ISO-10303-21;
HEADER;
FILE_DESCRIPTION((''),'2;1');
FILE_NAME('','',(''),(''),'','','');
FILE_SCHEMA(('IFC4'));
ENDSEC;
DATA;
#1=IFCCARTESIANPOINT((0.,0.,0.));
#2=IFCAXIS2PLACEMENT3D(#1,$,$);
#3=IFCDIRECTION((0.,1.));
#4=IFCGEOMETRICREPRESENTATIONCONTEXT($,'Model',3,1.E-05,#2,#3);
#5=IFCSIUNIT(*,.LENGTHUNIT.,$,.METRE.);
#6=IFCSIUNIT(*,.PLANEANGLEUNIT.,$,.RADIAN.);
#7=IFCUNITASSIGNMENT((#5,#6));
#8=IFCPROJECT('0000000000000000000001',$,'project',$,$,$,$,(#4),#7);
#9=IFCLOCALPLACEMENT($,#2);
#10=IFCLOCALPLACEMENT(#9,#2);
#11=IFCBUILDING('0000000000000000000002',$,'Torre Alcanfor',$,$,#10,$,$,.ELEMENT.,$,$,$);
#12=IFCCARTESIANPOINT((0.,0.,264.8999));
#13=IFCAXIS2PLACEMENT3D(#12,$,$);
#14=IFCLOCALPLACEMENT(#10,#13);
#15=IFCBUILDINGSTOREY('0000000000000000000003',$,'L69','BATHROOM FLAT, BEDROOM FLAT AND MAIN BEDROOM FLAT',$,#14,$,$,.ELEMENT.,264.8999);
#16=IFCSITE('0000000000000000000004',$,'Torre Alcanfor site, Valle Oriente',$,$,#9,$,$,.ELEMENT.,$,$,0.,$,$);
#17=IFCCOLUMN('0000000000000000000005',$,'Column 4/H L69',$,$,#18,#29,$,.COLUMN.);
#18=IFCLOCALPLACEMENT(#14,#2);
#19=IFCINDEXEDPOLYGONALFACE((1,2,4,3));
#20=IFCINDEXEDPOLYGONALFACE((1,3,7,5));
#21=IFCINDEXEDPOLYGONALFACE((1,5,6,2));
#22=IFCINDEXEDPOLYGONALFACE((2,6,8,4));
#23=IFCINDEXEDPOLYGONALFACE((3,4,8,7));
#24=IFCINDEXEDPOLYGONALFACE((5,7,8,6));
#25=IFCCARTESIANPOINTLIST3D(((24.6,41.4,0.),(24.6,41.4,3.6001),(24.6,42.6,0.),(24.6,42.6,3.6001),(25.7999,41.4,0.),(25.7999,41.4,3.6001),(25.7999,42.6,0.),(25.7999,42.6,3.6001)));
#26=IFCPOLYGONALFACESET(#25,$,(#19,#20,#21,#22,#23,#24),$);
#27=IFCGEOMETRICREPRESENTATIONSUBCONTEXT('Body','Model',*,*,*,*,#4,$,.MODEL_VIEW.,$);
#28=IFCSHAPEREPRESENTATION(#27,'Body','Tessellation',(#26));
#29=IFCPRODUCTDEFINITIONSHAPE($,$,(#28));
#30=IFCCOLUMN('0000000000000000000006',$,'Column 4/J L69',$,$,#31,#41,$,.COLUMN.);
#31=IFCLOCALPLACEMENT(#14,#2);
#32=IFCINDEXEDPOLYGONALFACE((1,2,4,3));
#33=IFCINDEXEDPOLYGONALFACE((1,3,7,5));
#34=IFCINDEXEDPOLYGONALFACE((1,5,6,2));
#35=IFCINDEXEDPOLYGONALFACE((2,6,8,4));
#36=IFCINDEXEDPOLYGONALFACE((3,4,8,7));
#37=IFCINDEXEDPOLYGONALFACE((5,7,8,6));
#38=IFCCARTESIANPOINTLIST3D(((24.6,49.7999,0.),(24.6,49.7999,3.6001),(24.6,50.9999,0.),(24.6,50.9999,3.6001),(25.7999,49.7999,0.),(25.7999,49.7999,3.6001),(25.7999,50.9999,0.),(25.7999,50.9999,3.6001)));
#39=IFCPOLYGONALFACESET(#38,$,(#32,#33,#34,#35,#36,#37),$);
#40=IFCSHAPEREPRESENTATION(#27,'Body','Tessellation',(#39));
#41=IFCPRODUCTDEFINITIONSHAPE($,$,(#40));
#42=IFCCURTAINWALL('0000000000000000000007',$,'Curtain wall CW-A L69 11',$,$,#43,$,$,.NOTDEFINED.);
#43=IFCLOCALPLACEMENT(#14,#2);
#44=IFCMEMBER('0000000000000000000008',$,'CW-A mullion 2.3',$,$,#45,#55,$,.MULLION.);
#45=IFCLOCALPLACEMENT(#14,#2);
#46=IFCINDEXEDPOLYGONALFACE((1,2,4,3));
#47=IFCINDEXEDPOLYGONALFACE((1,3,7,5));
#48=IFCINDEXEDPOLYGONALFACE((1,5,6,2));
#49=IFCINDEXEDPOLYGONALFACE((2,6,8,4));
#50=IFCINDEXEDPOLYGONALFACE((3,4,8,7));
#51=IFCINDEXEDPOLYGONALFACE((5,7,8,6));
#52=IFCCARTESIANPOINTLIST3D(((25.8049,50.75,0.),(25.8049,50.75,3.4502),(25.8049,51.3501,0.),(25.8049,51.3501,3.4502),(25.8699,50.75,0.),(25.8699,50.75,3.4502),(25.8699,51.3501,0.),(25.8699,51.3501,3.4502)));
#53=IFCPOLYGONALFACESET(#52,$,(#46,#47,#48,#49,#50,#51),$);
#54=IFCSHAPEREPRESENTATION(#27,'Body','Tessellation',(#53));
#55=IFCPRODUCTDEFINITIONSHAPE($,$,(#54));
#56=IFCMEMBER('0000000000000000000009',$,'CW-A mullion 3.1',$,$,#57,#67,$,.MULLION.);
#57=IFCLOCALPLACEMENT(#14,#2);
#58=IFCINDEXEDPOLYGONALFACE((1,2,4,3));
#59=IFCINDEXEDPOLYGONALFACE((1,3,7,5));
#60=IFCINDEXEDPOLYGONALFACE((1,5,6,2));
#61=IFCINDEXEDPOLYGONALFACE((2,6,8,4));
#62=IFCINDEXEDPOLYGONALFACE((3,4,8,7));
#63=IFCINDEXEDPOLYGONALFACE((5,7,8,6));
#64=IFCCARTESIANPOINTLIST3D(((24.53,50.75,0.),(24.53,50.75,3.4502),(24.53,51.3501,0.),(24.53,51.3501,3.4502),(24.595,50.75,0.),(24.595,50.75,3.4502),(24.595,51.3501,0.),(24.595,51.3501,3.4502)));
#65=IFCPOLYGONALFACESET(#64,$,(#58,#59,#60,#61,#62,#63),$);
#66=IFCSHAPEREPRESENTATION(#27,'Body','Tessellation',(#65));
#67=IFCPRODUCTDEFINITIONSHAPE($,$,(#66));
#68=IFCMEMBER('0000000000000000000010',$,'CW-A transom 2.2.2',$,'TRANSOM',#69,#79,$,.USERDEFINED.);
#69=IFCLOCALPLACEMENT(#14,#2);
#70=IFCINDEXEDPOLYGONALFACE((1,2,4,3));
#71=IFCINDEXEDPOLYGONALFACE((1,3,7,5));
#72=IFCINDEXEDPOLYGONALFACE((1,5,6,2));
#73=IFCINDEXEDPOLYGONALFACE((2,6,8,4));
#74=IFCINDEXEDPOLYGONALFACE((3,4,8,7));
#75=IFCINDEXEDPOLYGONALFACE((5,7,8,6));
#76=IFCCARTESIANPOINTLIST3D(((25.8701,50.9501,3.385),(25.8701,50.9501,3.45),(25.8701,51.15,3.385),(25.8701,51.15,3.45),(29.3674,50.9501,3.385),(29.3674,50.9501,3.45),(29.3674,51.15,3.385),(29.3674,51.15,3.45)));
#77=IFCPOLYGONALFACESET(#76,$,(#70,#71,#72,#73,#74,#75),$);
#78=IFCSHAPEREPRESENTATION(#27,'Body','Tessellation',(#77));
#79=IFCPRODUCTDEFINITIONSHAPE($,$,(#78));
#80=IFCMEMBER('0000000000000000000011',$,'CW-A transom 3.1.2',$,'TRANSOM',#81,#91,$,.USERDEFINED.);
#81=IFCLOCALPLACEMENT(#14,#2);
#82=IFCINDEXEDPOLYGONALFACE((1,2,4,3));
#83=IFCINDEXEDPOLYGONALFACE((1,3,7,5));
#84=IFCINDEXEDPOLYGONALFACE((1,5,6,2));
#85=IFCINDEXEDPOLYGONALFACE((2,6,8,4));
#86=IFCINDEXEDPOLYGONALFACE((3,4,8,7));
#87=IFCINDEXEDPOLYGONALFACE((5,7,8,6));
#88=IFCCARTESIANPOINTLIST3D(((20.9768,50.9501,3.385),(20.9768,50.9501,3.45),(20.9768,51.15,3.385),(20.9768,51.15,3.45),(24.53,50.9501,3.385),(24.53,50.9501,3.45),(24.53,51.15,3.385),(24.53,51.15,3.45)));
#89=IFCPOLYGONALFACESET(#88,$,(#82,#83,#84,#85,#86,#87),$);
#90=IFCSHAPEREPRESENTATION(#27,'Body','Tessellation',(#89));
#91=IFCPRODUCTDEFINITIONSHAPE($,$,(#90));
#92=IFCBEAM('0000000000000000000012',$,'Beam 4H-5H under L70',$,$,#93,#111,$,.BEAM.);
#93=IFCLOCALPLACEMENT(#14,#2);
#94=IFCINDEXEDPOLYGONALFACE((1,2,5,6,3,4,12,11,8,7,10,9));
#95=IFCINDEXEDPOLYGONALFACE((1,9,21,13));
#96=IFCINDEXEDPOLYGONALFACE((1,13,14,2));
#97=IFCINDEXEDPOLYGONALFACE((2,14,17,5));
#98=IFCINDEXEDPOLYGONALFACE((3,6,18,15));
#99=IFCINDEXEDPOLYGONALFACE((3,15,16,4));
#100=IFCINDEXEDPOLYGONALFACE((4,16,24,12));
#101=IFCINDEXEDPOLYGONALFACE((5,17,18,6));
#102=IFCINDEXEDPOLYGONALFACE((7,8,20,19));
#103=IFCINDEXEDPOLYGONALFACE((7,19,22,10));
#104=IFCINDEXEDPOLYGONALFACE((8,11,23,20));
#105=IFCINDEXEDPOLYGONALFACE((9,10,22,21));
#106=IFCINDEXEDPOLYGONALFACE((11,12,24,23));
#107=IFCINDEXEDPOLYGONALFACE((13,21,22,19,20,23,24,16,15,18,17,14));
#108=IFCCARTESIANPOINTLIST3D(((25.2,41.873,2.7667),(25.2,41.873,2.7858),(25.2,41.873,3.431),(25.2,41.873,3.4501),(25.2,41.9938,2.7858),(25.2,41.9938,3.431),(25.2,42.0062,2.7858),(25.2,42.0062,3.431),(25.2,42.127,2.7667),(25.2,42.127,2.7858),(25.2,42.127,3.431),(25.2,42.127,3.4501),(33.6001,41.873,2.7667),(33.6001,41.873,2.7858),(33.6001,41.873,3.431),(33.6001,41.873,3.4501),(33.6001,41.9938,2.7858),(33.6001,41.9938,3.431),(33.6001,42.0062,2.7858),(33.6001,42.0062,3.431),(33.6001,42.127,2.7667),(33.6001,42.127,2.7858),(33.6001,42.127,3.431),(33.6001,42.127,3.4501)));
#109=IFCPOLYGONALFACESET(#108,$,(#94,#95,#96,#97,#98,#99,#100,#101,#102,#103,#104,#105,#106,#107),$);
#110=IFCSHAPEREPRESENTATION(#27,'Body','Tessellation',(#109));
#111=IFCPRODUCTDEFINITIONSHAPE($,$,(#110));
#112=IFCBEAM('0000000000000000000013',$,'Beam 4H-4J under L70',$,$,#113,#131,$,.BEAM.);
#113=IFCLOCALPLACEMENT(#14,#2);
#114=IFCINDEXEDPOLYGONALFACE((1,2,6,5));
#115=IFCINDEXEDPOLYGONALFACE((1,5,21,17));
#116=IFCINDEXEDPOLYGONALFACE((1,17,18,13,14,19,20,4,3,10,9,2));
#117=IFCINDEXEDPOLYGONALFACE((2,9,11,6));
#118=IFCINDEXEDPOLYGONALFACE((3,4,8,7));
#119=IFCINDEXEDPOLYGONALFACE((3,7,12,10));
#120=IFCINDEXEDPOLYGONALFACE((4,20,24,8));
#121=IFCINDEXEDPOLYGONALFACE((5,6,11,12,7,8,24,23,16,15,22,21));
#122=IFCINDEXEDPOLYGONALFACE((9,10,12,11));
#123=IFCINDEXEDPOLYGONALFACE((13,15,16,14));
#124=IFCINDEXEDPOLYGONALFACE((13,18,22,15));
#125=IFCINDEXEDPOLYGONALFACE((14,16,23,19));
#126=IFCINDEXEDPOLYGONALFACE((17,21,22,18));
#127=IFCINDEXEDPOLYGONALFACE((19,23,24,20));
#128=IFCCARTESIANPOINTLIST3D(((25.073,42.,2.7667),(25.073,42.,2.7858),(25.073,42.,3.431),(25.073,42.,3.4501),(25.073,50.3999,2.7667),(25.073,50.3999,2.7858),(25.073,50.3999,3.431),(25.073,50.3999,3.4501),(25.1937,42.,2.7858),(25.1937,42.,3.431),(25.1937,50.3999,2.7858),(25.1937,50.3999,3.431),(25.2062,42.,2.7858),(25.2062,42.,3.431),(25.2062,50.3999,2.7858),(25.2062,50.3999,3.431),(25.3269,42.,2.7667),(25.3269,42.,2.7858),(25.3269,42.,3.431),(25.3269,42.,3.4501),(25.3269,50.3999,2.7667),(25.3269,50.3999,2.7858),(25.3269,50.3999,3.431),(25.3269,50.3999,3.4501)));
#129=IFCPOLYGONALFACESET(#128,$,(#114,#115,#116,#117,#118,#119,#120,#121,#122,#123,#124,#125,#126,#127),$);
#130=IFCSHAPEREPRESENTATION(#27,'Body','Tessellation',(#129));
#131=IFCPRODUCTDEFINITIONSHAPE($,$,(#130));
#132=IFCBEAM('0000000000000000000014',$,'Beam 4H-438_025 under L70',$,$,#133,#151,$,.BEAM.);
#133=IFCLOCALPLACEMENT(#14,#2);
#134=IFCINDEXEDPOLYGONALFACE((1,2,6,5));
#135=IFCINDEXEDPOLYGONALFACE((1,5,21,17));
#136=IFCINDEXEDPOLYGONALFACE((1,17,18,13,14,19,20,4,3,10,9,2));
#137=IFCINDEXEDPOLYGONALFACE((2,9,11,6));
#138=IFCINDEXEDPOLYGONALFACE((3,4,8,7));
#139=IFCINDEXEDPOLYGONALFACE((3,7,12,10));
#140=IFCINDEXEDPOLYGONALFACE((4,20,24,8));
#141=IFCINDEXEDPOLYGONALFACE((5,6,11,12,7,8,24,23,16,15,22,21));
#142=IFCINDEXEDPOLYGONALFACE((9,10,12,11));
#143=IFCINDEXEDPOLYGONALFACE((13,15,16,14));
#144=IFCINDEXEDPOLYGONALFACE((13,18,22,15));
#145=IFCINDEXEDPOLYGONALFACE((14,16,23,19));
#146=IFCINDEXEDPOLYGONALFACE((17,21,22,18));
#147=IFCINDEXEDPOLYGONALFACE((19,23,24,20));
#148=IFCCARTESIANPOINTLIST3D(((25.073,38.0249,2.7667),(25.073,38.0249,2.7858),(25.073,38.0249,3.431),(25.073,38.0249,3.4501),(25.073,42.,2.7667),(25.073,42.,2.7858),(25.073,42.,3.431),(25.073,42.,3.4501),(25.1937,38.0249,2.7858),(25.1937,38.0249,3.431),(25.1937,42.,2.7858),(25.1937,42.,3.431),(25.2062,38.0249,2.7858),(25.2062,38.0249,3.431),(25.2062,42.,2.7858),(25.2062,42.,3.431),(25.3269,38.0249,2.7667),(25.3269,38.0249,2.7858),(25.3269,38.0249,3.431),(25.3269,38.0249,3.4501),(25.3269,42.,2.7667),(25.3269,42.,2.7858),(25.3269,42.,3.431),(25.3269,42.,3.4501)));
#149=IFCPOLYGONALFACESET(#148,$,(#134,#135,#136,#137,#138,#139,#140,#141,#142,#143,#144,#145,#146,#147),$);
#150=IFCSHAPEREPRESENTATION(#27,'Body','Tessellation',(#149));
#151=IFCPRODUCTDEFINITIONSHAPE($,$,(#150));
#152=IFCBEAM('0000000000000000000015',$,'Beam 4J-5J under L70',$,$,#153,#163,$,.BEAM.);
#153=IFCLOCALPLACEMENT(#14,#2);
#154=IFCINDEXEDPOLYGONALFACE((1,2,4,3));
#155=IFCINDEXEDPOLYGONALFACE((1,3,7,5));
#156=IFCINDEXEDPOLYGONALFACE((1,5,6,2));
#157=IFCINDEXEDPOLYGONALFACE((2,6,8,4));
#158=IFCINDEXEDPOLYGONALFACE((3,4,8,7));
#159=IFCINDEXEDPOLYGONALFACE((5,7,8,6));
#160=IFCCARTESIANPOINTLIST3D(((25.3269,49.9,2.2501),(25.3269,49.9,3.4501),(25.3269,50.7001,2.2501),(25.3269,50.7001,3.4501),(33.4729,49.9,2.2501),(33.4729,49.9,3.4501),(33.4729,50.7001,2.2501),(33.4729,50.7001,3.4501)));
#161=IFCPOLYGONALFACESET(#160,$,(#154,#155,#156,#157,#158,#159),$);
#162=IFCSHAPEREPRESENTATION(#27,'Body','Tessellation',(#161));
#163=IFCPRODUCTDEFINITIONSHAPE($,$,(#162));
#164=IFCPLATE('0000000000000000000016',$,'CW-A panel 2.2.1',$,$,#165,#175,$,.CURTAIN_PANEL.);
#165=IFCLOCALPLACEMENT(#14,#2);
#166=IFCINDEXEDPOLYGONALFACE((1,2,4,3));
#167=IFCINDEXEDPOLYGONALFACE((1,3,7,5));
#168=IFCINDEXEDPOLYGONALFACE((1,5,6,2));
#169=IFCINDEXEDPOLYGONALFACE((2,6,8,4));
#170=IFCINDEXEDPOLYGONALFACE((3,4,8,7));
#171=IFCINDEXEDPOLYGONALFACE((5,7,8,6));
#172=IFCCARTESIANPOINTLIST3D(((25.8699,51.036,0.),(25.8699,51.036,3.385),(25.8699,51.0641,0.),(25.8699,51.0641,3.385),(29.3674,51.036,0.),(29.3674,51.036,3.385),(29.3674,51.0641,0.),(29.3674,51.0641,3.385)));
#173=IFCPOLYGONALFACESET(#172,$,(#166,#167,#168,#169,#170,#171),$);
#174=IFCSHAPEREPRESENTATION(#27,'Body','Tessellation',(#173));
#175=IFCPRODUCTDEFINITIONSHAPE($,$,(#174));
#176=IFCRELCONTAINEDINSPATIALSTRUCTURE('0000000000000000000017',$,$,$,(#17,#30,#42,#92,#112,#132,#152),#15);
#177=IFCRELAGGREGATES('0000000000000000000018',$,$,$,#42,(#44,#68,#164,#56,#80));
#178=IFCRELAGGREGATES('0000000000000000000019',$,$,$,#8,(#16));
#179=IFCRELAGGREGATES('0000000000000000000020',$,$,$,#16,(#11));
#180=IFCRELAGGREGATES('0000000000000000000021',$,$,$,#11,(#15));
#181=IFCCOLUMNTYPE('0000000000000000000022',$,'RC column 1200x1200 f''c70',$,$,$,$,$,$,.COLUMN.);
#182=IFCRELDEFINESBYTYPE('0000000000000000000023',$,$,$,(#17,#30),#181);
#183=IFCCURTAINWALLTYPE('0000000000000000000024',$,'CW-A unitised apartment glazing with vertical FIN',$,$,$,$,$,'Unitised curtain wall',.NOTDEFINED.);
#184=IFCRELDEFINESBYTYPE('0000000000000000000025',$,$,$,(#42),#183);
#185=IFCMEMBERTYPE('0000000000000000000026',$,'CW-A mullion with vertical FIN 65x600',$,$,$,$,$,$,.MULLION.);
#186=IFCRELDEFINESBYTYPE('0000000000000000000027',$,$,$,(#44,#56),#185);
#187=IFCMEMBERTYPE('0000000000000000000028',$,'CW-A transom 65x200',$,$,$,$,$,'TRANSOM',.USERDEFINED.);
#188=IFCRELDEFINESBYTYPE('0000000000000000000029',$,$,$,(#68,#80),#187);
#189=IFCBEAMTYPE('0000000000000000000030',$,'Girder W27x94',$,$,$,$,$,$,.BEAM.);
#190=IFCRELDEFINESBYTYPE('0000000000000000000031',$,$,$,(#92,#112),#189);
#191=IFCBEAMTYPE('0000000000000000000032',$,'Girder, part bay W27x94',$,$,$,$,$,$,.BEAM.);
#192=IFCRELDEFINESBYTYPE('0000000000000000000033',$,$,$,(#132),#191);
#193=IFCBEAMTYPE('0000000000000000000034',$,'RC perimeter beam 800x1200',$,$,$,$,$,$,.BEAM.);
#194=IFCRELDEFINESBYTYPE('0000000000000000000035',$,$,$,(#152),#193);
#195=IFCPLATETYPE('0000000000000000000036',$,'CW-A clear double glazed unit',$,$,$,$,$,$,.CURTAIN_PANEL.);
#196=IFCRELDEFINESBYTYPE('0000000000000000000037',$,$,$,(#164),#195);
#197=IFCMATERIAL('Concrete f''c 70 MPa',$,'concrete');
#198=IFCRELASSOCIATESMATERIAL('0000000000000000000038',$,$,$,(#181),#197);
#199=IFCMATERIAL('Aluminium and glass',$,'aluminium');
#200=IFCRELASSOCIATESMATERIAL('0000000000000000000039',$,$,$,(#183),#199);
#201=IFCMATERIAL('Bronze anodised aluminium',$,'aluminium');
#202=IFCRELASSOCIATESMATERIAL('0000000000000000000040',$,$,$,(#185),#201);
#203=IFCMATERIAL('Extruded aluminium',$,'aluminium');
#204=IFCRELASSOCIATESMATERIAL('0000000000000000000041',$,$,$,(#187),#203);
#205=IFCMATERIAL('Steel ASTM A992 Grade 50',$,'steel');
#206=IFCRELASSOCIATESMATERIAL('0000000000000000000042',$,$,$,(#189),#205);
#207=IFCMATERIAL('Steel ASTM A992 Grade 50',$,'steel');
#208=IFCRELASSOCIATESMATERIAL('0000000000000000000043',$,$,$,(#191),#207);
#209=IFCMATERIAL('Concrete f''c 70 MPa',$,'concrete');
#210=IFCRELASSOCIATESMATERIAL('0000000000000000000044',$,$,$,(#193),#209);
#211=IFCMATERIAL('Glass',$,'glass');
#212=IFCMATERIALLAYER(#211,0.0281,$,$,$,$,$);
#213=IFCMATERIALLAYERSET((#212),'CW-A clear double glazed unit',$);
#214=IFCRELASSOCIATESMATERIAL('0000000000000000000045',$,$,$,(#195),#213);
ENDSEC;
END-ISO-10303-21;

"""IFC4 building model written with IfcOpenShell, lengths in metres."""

from ifc_helpers import new_model, si_unit, direction, frame, origin, origin_2d, place, context, subcontext, project, spatial, rectangle, i_section, extrude, material, layer, layer_set, material_profile, profile_set, type_object, element, aggregate, save


model = new_model("IFC4")

# Units and contexts
model_context = context("Model", 3, precision=1e-05, world=origin(), true_north=direction((0.0, 1.0)))
body_context = subcontext(model_context, "Body", "Model", "MODEL_VIEW")
ifc_project = project(units=[si_unit("LENGTHUNIT", "METRE"), si_unit("PLANEANGLEUNIT", "RADIAN")], contexts=[model_context])

# Site, building, storey
site_placement = place(None, origin())
site = spatial("IfcSite", under=ifc_project, at=site_placement, Name="Torre Alcanfor site, Valle Oriente", CompositionType="ELEMENT", RefElevation=0.0)
building_placement = place(site_placement, origin())
building = spatial("IfcBuilding", under=site, at=building_placement, Name="Torre Alcanfor", CompositionType="ELEMENT")
storey_placement = place(building_placement, frame((0.0, 0.0, 264.8999)))
storey = spatial("IfcBuildingStorey", under=building, at=storey_placement, Name="L69", Description="BATHROOM FLAT, BEDROOM FLAT AND MAIN BEDROOM FLAT", CompositionType="ELEMENT", Elevation=264.8999)

# Columns
ifc_material_1 = material(Name="Concrete f'c 70 MPa", Category="concrete")
ifc_material_profile_1 = material_profile(ifc_material_1, rectangle(XDim=1.2, YDim=1.2, at=origin_2d()), Name="1200x1200")
ifc_profile_set_1 = profile_set([ifc_material_profile_1], Name="Concrete f'c 70 MPa")
column_type = type_object("IfcColumnType", Name="RC column 1200x1200 f'c70", PredefinedType="COLUMN", material=ifc_profile_set_1)
for number, where, z_axis, x_axis, name in (
    (1, (25.2, 42.0, 0.0), (0.0, 0.0, 1.0), (1.0, 0.0, 0.0), "Column 4/H L69"),
    (2, (25.2, 50.3999, 0.0), (0.0, 0.0, 1.0), (1.0, 0.0, 0.0), "Column 4/J L69"),
):
    element("IfcColumn", number, at=place(storey_placement, frame(where, z_axis=z_axis, x_axis=x_axis)), inside=storey, type_object=column_type, Name=name, PredefinedType="COLUMN", context=body_context, shape_type="SweptSolid", body=[
        extrude(rectangle(XDim=1.2, YDim=1.2, at=origin_2d()), origin(), (0.0, 0.0, 1.0), 3.6001),
    ])

# Curtain wall, members
ifc_material_2 = material(Name="Aluminium and glass", Category="aluminium")
curtain_wall_type = type_object("IfcCurtainWallType", Name="CW-A unitised apartment glazing with vertical FIN", ElementType="Unitised curtain wall", PredefinedType="NOTDEFINED", material=ifc_material_2)
curtain_wall_placement = place(storey_placement, origin())
curtain_wall = element("IfcCurtainWall", 3, at=curtain_wall_placement, inside=storey, type_object=curtain_wall_type, Name="Curtain wall CW-A L69 11", PredefinedType="NOTDEFINED")
ifc_material_3 = material(Name="Bronze anodised aluminium", Category="aluminium")
ifc_material_profile_2 = material_profile(ifc_material_3, rectangle(XDim=0.6001, YDim=0.0649, at=origin_2d()), Name="CW-A mullion 65x600")
ifc_profile_set_2 = profile_set([ifc_material_profile_2], Name="Bronze anodised aluminium")
member_type_1 = type_object("IfcMemberType", Name="CW-A mullion with vertical FIN 65x600", PredefinedType="MULLION", material=ifc_profile_set_2)
member_1_placement = place(storey_placement, frame((25.8374, 51.05, 0.0), z_axis=(0.0, 0.0, 1.0), x_axis=(0.0, -1.0, 0.0)))
member_1 = element("IfcMember", 4, at=member_1_placement, type_object=member_type_1, Name="CW-A mullion 2.3", PredefinedType="MULLION", context=body_context, shape_type="SweptSolid", body=[
    extrude(rectangle(XDim=0.6001, YDim=0.0649, at=origin_2d()), origin(), (0.0, 0.0, 1.0), 3.4502),
])
member_2_placement = place(storey_placement, frame((24.5625, 51.05, 0.0), z_axis=(0.0, 0.0, 1.0), x_axis=(0.0, -1.0, 0.0)))
member_2 = element("IfcMember", 5, at=member_2_placement, type_object=member_type_1, Name="CW-A mullion 3.1", PredefinedType="MULLION", context=body_context, shape_type="SweptSolid", body=[
    extrude(rectangle(XDim=0.6001, YDim=0.0649, at=origin_2d()), origin(), (0.0, 0.0, 1.0), 3.4502),
])
ifc_material_4 = material(Name="Extruded aluminium", Category="aluminium")
ifc_material_profile_3 = material_profile(ifc_material_4, rectangle(XDim=0.2, YDim=0.0649, at=origin_2d()), Name="CW-A transom 200x65")
ifc_profile_set_3 = profile_set([ifc_material_profile_3], Name="Extruded aluminium")
member_type_2 = type_object("IfcMemberType", Name="CW-A transom 65x200", ElementType="TRANSOM", PredefinedType="USERDEFINED", material=ifc_profile_set_3)
member_3_placement = place(storey_placement, frame((29.3674, 51.05, 3.4175), z_axis=(-1.0, 0.0, 0.0), x_axis=(0.0, -1.0, 0.0)))
member_3 = element("IfcMember", 6, at=member_3_placement, type_object=member_type_2, Name="CW-A transom 2.2.2", ObjectType="TRANSOM", PredefinedType="USERDEFINED", context=body_context, shape_type="SweptSolid", body=[
    extrude(rectangle(XDim=0.2, YDim=0.0649, at=origin_2d()), origin(), (0.0, 0.0, 1.0), 3.4973),
])
member_4_placement = place(storey_placement, frame((24.53, 51.05, 3.4175), z_axis=(-1.0, 0.0, 0.0), x_axis=(0.0, -1.0, 0.0)))
member_4 = element("IfcMember", 7, at=member_4_placement, type_object=member_type_2, Name="CW-A transom 3.1.2", ObjectType="TRANSOM", PredefinedType="USERDEFINED", context=body_context, shape_type="SweptSolid", body=[
    extrude(rectangle(XDim=0.2, YDim=0.0649, at=origin_2d()), origin(), (0.0, 0.0, 1.0), 3.5532),
])

# Beams
ifc_material_5 = material(Name="Steel ASTM A992 Grade 50", Category="steel")
ifc_material_profile_4 = material_profile(ifc_material_5, i_section(OverallWidth=0.2539, OverallDepth=0.6833, WebThickness=0.0125, FlangeThickness=0.019, at=origin_2d()), Name="W27x94")
ifc_profile_set_4 = profile_set([ifc_material_profile_4], Name="Steel ASTM A992 Grade 50")
beam_type_1 = type_object("IfcBeamType", Name="Girder W27x94", PredefinedType="BEAM", material=ifc_profile_set_4)
beam_1_placement = place(storey_placement, frame((25.2, 42.0, 3.1084), z_axis=(1.0, 0.0, 0.0), x_axis=(0.0, 1.0, 0.0)))
element("IfcBeam", 8, at=beam_1_placement, inside=storey, type_object=beam_type_1, Name="Beam 4H-5H under L70", PredefinedType="BEAM", context=body_context, shape_type="SweptSolid", body=[
    extrude(i_section(OverallWidth=0.2539, OverallDepth=0.6833, WebThickness=0.0125, FlangeThickness=0.019, at=origin_2d()), origin(), (0.0, 0.0, 1.0), 8.4001),
])
beam_2_placement = place(storey_placement, frame((25.2, 42.0, 3.1084), z_axis=(0.0, 1.0, 0.0), x_axis=(-1.0, 0.0, 0.0)))
element("IfcBeam", 9, at=beam_2_placement, inside=storey, type_object=beam_type_1, Name="Beam 4H-4J under L70", PredefinedType="BEAM", context=body_context, shape_type="SweptSolid", body=[
    extrude(i_section(OverallWidth=0.2539, OverallDepth=0.6833, WebThickness=0.0125, FlangeThickness=0.019, at=origin_2d()), origin(), (0.0, 0.0, 1.0), 8.3999),
])
ifc_material_6 = material(Name="Steel ASTM A992 Grade 50", Category="steel")
ifc_material_profile_5 = material_profile(ifc_material_6, i_section(OverallWidth=0.2539, OverallDepth=0.6833, WebThickness=0.0125, FlangeThickness=0.019, at=origin_2d()), Name="W27x94")
ifc_profile_set_5 = profile_set([ifc_material_profile_5], Name="Steel ASTM A992 Grade 50")
beam_type_2 = type_object("IfcBeamType", Name="Girder, part bay W27x94", PredefinedType="BEAM", material=ifc_profile_set_5)
beam_3_placement = place(storey_placement, frame((25.2, 42.0, 3.1084), z_axis=(0.0, -1.0, 0.0), x_axis=(1.0, 0.0, 0.0)))
element("IfcBeam", 10, at=beam_3_placement, inside=storey, type_object=beam_type_2, Name="Beam 4H-438_025 under L70", PredefinedType="BEAM", context=body_context, shape_type="SweptSolid", body=[
    extrude(i_section(OverallWidth=0.2539, OverallDepth=0.6833, WebThickness=0.0125, FlangeThickness=0.019, at=origin_2d()), origin(), (0.0, 0.0, 1.0), 3.9751),
])
ifc_material_7 = material(Name="Concrete f'c 70 MPa", Category="concrete")
ifc_material_profile_6 = material_profile(ifc_material_7, rectangle(XDim=0.8, YDim=1.2, at=origin_2d()), Name="800x1200")
ifc_profile_set_6 = profile_set([ifc_material_profile_6], Name="Concrete f'c 70 MPa")
beam_type_3 = type_object("IfcBeamType", Name="RC perimeter beam 800x1200", PredefinedType="BEAM", material=ifc_profile_set_6)
beam_4_placement = place(storey_placement, frame((25.3269, 50.3, 2.8501), z_axis=(1.0, 0.0, 0.0), x_axis=(0.0, 1.0, 0.0)))
element("IfcBeam", 11, at=beam_4_placement, inside=storey, type_object=beam_type_3, Name="Beam 4J-5J under L70", PredefinedType="BEAM", context=body_context, shape_type="SweptSolid", body=[
    extrude(rectangle(XDim=0.8, YDim=1.2, at=origin_2d()), origin(), (0.0, 0.0, 1.0), 8.146),
])

# Plate
ifc_material_8 = material(Name="Glass", Category="glass")
ifc_layer_1 = layer(ifc_material_8, 0.0281)
ifc_layer_set_1 = layer_set([ifc_layer_1], Name="CW-A clear double glazed unit")
plate_type = type_object("IfcPlateType", Name="CW-A clear double glazed unit", PredefinedType="CURTAIN_PANEL", material=ifc_layer_set_1)
plate_placement = place(storey_placement, frame((27.6187, 51.05, 0.0), z_axis=(0.0, 0.0, 1.0), x_axis=(-1.0, 0.0, 0.0)))
plate = element("IfcPlate", 12, at=plate_placement, type_object=plate_type, Name="CW-A panel 2.2.1", PredefinedType="CURTAIN_PANEL", context=body_context, shape_type="SweptSolid", body=[
    extrude(rectangle(XDim=3.4976, YDim=0.0281, at=origin_2d()), origin(), (0.0, 0.0, 1.0), 3.385),
])
aggregate(curtain_wall, [member_1, member_3, plate, member_2, member_4])

save(model, "model.ifc")
